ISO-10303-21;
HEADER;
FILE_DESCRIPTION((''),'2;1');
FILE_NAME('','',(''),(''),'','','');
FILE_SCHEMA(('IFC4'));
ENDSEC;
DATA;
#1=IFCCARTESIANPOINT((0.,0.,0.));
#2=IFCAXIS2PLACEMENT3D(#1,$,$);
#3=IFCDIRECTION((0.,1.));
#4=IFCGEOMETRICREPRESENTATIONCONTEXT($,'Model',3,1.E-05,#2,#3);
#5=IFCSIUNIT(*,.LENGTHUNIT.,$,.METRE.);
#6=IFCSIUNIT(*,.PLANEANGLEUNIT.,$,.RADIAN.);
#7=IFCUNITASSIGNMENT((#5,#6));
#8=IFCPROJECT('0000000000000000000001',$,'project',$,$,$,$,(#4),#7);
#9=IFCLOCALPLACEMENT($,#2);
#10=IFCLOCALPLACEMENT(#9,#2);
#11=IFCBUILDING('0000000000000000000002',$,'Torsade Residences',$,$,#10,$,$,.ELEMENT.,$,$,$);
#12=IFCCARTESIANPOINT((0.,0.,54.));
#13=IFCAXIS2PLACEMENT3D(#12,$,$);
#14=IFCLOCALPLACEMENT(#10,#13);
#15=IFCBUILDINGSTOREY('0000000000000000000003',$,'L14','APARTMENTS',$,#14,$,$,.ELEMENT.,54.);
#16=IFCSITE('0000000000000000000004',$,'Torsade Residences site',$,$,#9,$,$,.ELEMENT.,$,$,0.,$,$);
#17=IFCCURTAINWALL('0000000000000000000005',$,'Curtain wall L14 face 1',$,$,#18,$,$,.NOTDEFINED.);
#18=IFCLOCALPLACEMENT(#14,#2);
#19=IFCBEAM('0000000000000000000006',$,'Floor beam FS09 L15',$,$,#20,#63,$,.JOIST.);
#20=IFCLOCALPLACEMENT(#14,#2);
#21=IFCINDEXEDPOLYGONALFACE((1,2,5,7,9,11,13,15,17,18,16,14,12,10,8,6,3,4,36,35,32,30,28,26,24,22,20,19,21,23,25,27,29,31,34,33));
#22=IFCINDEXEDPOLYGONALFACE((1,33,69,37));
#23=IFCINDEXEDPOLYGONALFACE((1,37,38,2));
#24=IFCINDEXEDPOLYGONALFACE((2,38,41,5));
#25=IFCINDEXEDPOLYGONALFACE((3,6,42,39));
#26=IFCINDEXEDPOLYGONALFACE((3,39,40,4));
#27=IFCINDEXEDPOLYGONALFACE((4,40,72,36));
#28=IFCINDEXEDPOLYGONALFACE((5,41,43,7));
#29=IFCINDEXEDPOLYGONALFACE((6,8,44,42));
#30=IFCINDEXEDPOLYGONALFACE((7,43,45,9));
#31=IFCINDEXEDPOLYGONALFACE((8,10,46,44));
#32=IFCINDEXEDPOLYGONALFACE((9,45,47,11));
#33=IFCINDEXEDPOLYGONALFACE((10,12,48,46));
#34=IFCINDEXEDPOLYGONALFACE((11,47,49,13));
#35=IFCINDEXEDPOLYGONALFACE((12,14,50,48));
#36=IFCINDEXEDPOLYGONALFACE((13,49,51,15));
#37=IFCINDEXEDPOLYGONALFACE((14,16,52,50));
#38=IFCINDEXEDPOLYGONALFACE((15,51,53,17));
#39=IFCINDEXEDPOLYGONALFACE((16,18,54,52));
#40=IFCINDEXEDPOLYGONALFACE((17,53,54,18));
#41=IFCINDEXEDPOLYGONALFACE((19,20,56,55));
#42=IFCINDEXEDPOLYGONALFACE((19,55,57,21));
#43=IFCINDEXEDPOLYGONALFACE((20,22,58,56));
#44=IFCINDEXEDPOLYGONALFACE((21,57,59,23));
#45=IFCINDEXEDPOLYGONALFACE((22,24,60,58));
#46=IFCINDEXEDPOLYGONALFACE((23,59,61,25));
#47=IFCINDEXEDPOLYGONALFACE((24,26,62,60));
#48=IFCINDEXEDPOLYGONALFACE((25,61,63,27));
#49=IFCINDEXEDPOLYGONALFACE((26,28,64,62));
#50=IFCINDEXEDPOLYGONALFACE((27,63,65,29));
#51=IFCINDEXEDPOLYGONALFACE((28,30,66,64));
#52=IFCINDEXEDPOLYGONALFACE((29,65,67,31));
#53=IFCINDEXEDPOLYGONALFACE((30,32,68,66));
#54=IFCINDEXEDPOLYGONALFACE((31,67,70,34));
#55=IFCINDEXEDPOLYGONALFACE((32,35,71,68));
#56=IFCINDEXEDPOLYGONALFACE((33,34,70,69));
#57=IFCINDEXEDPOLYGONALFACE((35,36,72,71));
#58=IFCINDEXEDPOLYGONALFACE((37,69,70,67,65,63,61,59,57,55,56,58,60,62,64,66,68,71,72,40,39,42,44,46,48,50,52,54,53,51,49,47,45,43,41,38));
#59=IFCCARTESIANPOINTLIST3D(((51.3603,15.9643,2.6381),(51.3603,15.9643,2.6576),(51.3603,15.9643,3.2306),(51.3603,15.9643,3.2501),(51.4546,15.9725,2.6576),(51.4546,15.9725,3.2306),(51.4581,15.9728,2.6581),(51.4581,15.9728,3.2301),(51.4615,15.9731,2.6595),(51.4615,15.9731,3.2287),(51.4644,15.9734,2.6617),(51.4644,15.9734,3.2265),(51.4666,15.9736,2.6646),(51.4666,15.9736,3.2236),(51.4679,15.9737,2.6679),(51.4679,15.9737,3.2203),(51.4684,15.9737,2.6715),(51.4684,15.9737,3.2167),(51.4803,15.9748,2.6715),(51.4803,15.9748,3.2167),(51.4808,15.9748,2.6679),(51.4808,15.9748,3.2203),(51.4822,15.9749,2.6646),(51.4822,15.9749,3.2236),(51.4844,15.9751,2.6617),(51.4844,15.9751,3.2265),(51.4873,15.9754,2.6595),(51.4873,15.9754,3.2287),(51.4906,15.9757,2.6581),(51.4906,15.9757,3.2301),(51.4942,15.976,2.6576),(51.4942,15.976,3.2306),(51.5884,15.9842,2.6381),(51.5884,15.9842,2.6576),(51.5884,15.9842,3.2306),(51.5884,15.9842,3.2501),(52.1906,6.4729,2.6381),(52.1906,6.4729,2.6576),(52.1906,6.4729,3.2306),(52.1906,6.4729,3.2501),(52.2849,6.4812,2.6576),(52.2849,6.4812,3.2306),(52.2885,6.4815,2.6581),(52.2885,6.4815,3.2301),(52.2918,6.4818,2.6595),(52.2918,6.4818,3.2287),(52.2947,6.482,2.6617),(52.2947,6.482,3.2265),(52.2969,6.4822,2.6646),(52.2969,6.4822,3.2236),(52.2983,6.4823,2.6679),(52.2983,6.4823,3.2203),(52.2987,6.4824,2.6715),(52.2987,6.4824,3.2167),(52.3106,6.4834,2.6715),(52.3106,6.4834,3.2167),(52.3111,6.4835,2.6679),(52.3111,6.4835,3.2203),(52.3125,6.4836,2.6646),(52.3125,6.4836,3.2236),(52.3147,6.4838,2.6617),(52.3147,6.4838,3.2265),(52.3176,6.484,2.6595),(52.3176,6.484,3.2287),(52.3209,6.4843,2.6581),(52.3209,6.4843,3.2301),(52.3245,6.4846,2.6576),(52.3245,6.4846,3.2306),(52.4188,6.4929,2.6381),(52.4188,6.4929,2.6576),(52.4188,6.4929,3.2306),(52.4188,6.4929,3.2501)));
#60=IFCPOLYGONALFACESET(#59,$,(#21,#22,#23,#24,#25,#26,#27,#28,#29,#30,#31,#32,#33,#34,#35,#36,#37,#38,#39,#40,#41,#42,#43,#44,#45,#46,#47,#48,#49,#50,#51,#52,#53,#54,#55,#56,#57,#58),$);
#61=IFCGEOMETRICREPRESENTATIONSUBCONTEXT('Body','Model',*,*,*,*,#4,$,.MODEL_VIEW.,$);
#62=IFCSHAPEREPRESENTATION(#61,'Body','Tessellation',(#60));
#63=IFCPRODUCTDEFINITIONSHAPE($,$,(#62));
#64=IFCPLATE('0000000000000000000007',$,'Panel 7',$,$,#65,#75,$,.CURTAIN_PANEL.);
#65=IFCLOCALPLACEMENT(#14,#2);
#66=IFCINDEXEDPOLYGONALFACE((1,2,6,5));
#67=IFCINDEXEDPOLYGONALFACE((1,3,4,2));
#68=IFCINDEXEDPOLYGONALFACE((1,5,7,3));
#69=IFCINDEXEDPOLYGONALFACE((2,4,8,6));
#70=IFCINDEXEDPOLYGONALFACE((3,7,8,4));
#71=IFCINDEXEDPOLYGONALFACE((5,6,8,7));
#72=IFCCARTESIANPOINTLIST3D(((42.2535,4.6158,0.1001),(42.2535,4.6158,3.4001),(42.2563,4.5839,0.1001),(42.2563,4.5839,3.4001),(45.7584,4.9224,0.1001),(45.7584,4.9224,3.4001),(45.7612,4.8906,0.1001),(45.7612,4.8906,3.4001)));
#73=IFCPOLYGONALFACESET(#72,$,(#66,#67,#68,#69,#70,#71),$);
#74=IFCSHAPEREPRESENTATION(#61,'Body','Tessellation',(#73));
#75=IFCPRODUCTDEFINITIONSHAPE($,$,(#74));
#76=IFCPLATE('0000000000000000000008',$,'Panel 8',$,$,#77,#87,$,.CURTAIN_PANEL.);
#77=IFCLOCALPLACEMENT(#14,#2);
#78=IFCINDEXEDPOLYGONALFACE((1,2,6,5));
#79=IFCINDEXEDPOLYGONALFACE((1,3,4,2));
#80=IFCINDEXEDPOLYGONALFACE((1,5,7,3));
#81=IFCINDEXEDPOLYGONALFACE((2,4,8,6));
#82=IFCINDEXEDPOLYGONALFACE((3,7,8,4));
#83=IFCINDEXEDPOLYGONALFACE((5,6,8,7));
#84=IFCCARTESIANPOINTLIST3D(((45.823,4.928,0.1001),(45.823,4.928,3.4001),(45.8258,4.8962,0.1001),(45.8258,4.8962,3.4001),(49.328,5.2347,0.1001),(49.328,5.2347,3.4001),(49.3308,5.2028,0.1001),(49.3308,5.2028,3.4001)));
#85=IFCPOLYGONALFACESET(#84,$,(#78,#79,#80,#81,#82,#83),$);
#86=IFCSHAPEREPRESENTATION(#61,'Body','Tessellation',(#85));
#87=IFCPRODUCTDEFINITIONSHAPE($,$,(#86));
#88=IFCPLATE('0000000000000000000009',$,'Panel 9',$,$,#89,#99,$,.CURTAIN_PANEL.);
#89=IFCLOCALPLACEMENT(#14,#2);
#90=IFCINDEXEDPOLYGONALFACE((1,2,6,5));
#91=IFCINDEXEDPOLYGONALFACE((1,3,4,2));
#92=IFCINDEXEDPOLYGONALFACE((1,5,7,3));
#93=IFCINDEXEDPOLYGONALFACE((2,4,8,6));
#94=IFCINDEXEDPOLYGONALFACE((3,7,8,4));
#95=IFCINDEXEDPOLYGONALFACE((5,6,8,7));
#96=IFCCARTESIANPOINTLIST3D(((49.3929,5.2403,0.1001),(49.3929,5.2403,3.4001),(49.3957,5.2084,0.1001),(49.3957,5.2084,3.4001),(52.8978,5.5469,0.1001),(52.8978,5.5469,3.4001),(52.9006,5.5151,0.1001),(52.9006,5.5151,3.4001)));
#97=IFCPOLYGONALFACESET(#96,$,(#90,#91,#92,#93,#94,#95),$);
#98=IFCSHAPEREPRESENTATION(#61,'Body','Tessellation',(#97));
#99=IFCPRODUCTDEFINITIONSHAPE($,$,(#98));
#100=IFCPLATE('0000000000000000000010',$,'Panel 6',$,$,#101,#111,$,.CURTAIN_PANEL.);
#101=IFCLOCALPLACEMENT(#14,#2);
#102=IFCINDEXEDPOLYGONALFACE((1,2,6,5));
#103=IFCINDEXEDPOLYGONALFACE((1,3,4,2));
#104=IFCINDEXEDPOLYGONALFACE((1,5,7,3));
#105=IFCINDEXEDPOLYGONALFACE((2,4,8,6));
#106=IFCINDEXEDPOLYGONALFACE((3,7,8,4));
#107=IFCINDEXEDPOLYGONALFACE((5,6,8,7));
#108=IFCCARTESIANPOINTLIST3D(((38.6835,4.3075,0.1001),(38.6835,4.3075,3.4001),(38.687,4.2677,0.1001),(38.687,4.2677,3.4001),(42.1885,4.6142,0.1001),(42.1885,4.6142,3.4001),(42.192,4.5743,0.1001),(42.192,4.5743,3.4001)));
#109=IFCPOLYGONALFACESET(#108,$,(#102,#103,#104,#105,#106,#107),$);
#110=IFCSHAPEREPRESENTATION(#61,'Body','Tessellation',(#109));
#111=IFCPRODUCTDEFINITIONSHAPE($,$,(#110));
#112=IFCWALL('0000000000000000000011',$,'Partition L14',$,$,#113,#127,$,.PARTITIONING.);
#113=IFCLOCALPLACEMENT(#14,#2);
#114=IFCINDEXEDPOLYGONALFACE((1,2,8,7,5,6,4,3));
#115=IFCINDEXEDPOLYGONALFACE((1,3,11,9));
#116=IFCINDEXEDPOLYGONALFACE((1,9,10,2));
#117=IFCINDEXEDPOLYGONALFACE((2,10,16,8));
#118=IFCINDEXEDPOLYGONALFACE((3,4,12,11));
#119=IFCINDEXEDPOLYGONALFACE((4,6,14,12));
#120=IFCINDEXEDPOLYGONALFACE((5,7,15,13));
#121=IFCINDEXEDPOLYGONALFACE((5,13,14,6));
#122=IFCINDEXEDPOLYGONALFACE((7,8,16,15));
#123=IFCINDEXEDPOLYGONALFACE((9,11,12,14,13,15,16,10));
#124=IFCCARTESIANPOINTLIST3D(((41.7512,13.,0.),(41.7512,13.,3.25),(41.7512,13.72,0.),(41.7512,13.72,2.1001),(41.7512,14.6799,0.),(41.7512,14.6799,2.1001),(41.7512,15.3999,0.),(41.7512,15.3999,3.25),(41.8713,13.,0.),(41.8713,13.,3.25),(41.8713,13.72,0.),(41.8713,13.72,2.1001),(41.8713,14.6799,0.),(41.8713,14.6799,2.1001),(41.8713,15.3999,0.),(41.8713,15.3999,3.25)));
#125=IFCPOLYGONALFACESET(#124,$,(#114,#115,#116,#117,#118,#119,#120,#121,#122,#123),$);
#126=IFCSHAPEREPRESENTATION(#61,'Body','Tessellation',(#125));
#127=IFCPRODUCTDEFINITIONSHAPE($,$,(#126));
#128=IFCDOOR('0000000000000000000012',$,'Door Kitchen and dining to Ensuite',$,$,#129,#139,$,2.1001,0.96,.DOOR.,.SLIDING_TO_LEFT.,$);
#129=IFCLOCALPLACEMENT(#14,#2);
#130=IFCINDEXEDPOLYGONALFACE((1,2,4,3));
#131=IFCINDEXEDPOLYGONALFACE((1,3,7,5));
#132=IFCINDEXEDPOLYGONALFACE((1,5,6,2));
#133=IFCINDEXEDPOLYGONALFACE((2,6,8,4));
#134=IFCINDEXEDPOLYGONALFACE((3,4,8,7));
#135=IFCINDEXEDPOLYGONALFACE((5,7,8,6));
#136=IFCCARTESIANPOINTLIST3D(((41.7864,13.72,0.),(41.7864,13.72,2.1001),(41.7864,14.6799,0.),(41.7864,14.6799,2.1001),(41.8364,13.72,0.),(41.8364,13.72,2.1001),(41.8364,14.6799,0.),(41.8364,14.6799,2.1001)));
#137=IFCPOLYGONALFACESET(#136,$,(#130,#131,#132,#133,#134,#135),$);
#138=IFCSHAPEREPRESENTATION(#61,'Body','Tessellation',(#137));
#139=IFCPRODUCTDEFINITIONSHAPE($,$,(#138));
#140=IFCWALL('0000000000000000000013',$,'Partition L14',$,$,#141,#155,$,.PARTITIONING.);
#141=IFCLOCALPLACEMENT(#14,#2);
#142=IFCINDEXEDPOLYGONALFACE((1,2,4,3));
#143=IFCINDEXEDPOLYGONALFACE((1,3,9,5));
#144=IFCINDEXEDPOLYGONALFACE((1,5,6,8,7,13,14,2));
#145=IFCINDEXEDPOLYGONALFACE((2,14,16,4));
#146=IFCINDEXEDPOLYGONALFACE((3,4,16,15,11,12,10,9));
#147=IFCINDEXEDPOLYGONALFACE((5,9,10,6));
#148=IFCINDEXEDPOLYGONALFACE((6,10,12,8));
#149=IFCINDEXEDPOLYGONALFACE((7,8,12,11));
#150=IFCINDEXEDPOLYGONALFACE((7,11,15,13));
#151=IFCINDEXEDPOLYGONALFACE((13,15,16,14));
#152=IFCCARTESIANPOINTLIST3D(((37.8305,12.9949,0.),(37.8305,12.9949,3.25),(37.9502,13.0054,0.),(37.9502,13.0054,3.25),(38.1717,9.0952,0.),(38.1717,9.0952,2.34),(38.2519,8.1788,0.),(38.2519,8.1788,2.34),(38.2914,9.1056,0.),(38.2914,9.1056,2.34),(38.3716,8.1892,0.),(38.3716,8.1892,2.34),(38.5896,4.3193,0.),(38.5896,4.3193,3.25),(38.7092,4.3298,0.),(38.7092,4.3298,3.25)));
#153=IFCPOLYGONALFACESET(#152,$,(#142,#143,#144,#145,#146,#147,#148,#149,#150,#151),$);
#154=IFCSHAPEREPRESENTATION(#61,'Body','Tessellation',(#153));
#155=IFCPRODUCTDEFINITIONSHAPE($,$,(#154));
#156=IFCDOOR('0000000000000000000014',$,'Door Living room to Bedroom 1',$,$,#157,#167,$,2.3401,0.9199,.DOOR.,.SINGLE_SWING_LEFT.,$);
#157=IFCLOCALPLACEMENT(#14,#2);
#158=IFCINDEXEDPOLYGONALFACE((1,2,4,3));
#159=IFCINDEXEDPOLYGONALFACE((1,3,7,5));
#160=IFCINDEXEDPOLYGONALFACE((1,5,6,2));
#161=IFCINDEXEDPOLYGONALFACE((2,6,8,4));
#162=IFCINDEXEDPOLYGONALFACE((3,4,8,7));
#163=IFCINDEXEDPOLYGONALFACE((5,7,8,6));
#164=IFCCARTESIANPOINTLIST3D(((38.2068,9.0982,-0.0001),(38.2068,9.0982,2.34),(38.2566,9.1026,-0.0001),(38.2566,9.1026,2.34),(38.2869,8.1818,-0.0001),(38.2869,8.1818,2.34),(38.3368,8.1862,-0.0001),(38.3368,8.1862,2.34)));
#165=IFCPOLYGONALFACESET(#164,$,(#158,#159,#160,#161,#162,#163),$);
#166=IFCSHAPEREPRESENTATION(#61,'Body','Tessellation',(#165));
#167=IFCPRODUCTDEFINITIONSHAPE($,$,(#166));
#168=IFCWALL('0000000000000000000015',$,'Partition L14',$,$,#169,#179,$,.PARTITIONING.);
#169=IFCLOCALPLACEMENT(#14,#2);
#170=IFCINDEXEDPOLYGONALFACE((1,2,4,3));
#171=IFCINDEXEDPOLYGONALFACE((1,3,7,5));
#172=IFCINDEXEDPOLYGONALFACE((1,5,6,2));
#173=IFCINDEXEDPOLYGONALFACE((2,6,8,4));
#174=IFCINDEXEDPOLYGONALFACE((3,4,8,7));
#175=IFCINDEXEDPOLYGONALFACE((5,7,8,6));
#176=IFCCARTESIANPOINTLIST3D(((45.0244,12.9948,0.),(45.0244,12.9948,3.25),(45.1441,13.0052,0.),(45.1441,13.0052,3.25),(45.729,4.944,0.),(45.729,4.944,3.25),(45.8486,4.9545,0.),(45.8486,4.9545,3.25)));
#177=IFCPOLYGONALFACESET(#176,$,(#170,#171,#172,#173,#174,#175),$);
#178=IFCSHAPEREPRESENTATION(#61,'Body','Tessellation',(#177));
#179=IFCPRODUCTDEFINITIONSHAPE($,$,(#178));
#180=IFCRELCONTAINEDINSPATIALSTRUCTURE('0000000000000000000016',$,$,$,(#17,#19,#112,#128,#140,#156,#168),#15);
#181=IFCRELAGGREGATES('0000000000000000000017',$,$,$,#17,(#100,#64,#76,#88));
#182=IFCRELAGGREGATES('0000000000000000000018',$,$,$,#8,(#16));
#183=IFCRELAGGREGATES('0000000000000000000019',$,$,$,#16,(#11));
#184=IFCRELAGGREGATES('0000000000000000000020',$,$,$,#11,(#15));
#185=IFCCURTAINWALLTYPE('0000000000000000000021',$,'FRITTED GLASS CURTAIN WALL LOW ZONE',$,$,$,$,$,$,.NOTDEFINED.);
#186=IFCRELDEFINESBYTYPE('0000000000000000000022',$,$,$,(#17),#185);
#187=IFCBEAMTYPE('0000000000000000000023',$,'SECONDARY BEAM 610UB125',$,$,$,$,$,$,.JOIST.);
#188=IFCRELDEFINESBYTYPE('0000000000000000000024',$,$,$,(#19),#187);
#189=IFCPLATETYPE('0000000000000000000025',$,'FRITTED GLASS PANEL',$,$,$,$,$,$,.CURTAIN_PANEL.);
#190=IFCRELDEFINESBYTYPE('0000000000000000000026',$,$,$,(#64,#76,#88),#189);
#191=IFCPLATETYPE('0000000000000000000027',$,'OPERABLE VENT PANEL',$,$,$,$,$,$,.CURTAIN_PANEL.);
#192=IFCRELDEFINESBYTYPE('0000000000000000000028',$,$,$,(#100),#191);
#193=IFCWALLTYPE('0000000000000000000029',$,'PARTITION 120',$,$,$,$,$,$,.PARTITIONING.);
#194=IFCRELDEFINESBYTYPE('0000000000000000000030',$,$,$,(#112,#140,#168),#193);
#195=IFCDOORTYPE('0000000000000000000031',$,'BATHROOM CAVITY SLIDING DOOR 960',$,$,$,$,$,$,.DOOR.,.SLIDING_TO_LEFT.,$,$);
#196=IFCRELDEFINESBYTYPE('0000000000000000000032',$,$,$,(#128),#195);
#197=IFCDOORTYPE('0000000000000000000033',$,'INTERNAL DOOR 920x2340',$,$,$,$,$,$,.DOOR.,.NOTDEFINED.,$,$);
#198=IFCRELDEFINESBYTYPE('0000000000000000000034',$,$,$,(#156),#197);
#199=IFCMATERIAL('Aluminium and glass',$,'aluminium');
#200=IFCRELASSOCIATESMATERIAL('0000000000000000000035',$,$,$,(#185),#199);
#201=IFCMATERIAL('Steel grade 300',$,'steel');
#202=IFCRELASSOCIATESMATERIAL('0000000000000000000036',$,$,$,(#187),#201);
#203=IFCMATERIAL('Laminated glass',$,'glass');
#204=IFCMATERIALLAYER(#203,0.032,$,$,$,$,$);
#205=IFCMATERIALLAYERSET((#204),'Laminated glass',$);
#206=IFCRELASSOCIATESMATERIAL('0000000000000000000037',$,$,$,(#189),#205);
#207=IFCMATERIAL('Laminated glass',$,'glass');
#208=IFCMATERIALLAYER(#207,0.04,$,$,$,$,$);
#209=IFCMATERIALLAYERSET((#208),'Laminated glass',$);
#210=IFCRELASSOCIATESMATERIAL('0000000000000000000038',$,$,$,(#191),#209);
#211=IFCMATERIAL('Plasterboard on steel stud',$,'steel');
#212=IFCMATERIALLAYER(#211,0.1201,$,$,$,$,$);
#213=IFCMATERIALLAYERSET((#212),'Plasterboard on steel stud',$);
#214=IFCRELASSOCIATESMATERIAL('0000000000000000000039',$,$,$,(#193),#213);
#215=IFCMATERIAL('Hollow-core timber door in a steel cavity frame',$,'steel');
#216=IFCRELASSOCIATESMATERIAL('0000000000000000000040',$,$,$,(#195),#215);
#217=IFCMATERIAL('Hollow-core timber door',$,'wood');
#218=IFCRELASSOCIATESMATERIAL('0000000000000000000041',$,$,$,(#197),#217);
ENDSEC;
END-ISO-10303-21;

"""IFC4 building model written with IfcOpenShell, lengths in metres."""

from ifc_helpers import new_model, si_unit, direction, frame, frame_2d, origin, origin_2d, place, context, subcontext, project, spatial, rectangle, i_section, extrude, material, layer, layer_set, material_profile, profile_set, type_object, element, fill, aggregate, save


model = new_model("IFC4")

# Units and contexts
model_context = context("Model", 3, precision=1e-05, world=origin(), true_north=direction((0.0, 1.0)))
body_context = subcontext(model_context, "Body", "Model", "MODEL_VIEW")
ifc_project = project(units=[si_unit("LENGTHUNIT", "METRE"), si_unit("PLANEANGLEUNIT", "RADIAN")], contexts=[model_context])

# Site, building, storey
site_placement = place(None, origin())
site = spatial("IfcSite", under=ifc_project, at=site_placement, Name="Torsade Residences site", CompositionType="ELEMENT", RefElevation=0.0)
building_placement = place(site_placement, origin())
building = spatial("IfcBuilding", under=site, at=building_placement, Name="Torsade Residences", CompositionType="ELEMENT")
storey_placement = place(building_placement, frame((0.0, 0.0, 54.0)))
storey = spatial("IfcBuildingStorey", under=building, at=storey_placement, Name="L14", Description="APARTMENTS", CompositionType="ELEMENT", Elevation=54.0)

# Curtain wall
ifc_material_1 = material(Name="Aluminium and glass", Category="aluminium")
curtain_wall_type = type_object("IfcCurtainWallType", Name="FRITTED GLASS CURTAIN WALL LOW ZONE", PredefinedType="NOTDEFINED", material=ifc_material_1)
curtain_wall_placement = place(storey_placement, origin())
curtain_wall = element("IfcCurtainWall", 1, at=curtain_wall_placement, inside=storey, type_object=curtain_wall_type, Name="Curtain wall L14 face 1", PredefinedType="NOTDEFINED")

# Beam
ifc_material_2 = material(Name="Steel grade 300", Category="steel")
ifc_material_profile_1 = material_profile(ifc_material_2, i_section(OverallWidth=0.229, OverallDepth=0.6121, WebThickness=0.012, FlangeThickness=0.0195, FilletRadius=0.0139, at=origin_2d()), Name="610UB125")
ifc_profile_set_1 = profile_set([ifc_material_profile_1], Name="Steel grade 300")
beam_type_1 = type_object("IfcBeamType", Name="SECONDARY BEAM 610UB125", PredefinedType="JOIST", material=ifc_profile_set_1)
beam_1_placement = place(storey_placement, frame((52.3047, 6.4829, 2.9441), z_axis=(-0.087148, 0.996195, 0.0), x_axis=(-0.996195, -0.087148, 0.0)))
element("IfcBeam", 2, at=beam_1_placement, inside=storey, type_object=beam_type_1, Name="Floor beam FS09 L15", PredefinedType="JOIST", context=body_context, shape_type="SweptSolid", body=[
    extrude(i_section(OverallWidth=0.229, OverallDepth=0.6121, WebThickness=0.012, FlangeThickness=0.0195, FilletRadius=0.0139, at=origin_2d()), origin(), (0.0, 0.0, 1.0), 9.5276),
])

# Plates
ifc_material_3 = material(Name="Laminated glass", Category="glass")
ifc_layer_1 = layer(ifc_material_3, 0.032)
ifc_layer_set_1 = layer_set([ifc_layer_1], Name="Laminated glass")
plate_type_1 = type_object("IfcPlateType", Name="FRITTED GLASS PANEL", PredefinedType="CURTAIN_PANEL", material=ifc_layer_set_1)
plate_1_placement = place(storey_placement, frame((44.0073, 4.7532, 0.1001), z_axis=(0.0, 0.0, 1.0), x_axis=(0.996195, 0.087156, 0.0)))
plate_1 = element("IfcPlate", 3, at=plate_1_placement, type_object=plate_type_1, Name="Panel 7", PredefinedType="CURTAIN_PANEL", context=body_context, shape_type="SweptSolid", body=[
    extrude(rectangle(XDim=3.5183, YDim=0.032, at=origin_2d()), origin(), (0.0, 0.0, 1.0), 3.3),
])
plate_2_placement = place(storey_placement, frame((47.5769, 5.0654, 0.1001), z_axis=(0.0, 0.0, 1.0), x_axis=(0.996195, 0.087156, 0.0)))
plate_2 = element("IfcPlate", 4, at=plate_2_placement, type_object=plate_type_1, Name="Panel 8", PredefinedType="CURTAIN_PANEL", context=body_context, shape_type="SweptSolid", body=[
    extrude(rectangle(XDim=3.5183, YDim=0.032, at=origin_2d()), origin(), (0.0, 0.0, 1.0), 3.3),
])
plate_3_placement = place(storey_placement, frame((51.1467, 5.3777, 0.1001), z_axis=(0.0, 0.0, 1.0), x_axis=(0.996195, 0.087156, 0.0)))
plate_3 = element("IfcPlate", 5, at=plate_3_placement, type_object=plate_type_1, Name="Panel 9", PredefinedType="CURTAIN_PANEL", context=body_context, shape_type="SweptSolid", body=[
    extrude(rectangle(XDim=3.5183, YDim=0.032, at=origin_2d()), origin(), (0.0, 0.0, 1.0), 3.3),
])
ifc_material_4 = material(Name="Laminated glass", Category="glass")
ifc_layer_2 = layer(ifc_material_4, 0.04)
ifc_layer_set_2 = layer_set([ifc_layer_2], Name="Laminated glass")
plate_type_2 = type_object("IfcPlateType", Name="OPERABLE VENT PANEL", PredefinedType="CURTAIN_PANEL", material=ifc_layer_set_2)
plate_4_placement = place(storey_placement, frame((40.4377, 4.4409, 0.1001), z_axis=(0.0, 0.0, 1.0), x_axis=(0.996195, 0.087156, 0.0)))
plate_4 = element("IfcPlate", 6, at=plate_4_placement, type_object=plate_type_2, Name="Panel 6", PredefinedType="CURTAIN_PANEL", context=body_context, shape_type="SweptSolid", body=[
    extrude(rectangle(XDim=3.5183, YDim=0.04, at=origin_2d()), origin(), (0.0, 0.0, 1.0), 3.3),
])
aggregate(curtain_wall, [plate_4, plate_1, plate_2, plate_3])

# Walls, openings, doors
ifc_material_5 = material(Name="Plasterboard on steel stud", Category="steel")
ifc_layer_3 = layer(ifc_material_5, 0.1201)
ifc_layer_set_3 = layer_set([ifc_layer_3], Name="Plasterboard on steel stud")
wall_type_1 = type_object("IfcWallType", Name="PARTITION 120", PredefinedType="PARTITIONING", material=ifc_layer_set_3)
wall_1_placement = place(storey_placement, frame((41.8113, 13.0, 0.0), z_axis=(0.0, 0.0, 1.0), x_axis=(0.0, 1.0, 0.0)))
wall_1 = element("IfcWall", 7, at=wall_1_placement, inside=storey, type_object=wall_type_1, Name="Partition L14", PredefinedType="PARTITIONING", context=body_context, shape_type="SweptSolid", body=[
    extrude(rectangle(XDim=2.3999, YDim=0.1201, at=frame_2d((1.2, 0.0))), origin(), (0.0, 0.0, 1.0), 3.25),
])
opening_1_placement = place(wall_1_placement, frame((0.72, 0.0, 0.0)))
opening_1 = element("IfcOpeningElement", 8, at=opening_1_placement, cuts=wall_1, PredefinedType="OPENING", context=body_context, shape_type="SweptSolid", body=[
    extrude(rectangle(XDim=0.96, YDim=2.1001, at=frame_2d((0.48, 1.05))), frame((0.0, 0.0701, 0.0), z_axis=(0.0, -1.0, 0.0), x_axis=(1.0, 0.0, 0.0)), (0.0, 0.0, 1.0), 0.1401),
])
ifc_material_6 = material(Name="Hollow-core timber door in a steel cavity frame", Category="steel")
door_type_1 = type_object("IfcDoorType", Name="BATHROOM CAVITY SLIDING DOOR 960", OperationType="SLIDING_TO_LEFT", PredefinedType="DOOR", material=ifc_material_6)
door_1_placement = place(opening_1_placement, origin())
door_1 = element("IfcDoor", 9, at=door_1_placement, inside=storey, type_object=door_type_1, Name="Door Kitchen and dining to Ensuite", OperationType="SLIDING_TO_LEFT", OverallHeight=2.1001, OverallWidth=0.96, PredefinedType="DOOR", context=body_context, shape_type="SweptSolid", body=[
    extrude(rectangle(XDim=0.96, YDim=2.1001, at=frame_2d((0.48, 1.05))), frame((0.0, 0.0249, 0.0), z_axis=(0.0, -1.0, 0.0), x_axis=(1.0, 0.0, 0.0)), (0.0, 0.0, 1.0), 0.05),
])
fill(opening_1, door_1)
wall_2_placement = place(storey_placement, frame((38.6494, 4.3245, 0.0), z_axis=(0.0, 0.0, 1.0), x_axis=(-0.087158, 0.996194, 0.0)))
wall_2 = element("IfcWall", 10, at=wall_2_placement, inside=storey, type_object=wall_type_1, Name="Partition L14", PredefinedType="PARTITIONING", context=body_context, shape_type="SweptSolid", body=[
    extrude(rectangle(XDim=8.7087, YDim=0.1201, at=frame_2d((4.3545, 0.0))), origin(), (0.0, 0.0, 1.0), 3.25),
])
opening_2_placement = place(wall_2_placement, frame((3.8743, 0.0, 0.0)))
opening_2 = element("IfcOpeningElement", 11, at=opening_2_placement, cuts=wall_2, PredefinedType="OPENING", context=body_context, shape_type="SweptSolid", body=[
    extrude(rectangle(XDim=0.9199, YDim=2.3401, at=frame_2d((0.46, 1.1699))), frame((0.0, 0.0701, 0.0), z_axis=(0.0, -1.0, 0.0), x_axis=(1.0, 0.0, 0.0)), (0.0, 0.0, 1.0), 0.1401),
])
ifc_material_7 = material(Name="Hollow-core timber door", Category="wood")
door_type_2 = type_object("IfcDoorType", Name="INTERNAL DOOR 920x2340", OperationType="NOTDEFINED", PredefinedType="DOOR", material=ifc_material_7)
door_2_placement = place(opening_2_placement, origin())
door_2 = element("IfcDoor", 12, at=door_2_placement, inside=storey, type_object=door_type_2, Name="Door Living room to Bedroom 1", OperationType="SINGLE_SWING_LEFT", OverallHeight=2.3401, OverallWidth=0.9199, PredefinedType="DOOR", context=body_context, shape_type="SweptSolid", body=[
    extrude(rectangle(XDim=0.9199, YDim=2.3401, at=frame_2d((0.46, 1.1699))), frame((0.0, 0.0249, 0.0), z_axis=(0.0, -1.0, 0.0), x_axis=(1.0, 0.0, 0.0)), (0.0, 0.0, 1.0), 0.05),
])
fill(opening_2, door_2)

# Wall
wall_3_placement = place(storey_placement, frame((45.0842, 13.0, 0.0), z_axis=(0.0, 0.0, 1.0), x_axis=(0.087185, -0.996192, 0.0)))
element("IfcWall", 13, at=wall_3_placement, inside=storey, type_object=wall_type_1, Name="Partition L14", PredefinedType="PARTITIONING", context=body_context, shape_type="SweptSolid", body=[
    extrude(rectangle(XDim=8.0815, YDim=0.1201, at=frame_2d((4.0408, 0.0))), origin(), (0.0, 0.0, 1.0), 3.25),
])

save(model, "model.ifc")
